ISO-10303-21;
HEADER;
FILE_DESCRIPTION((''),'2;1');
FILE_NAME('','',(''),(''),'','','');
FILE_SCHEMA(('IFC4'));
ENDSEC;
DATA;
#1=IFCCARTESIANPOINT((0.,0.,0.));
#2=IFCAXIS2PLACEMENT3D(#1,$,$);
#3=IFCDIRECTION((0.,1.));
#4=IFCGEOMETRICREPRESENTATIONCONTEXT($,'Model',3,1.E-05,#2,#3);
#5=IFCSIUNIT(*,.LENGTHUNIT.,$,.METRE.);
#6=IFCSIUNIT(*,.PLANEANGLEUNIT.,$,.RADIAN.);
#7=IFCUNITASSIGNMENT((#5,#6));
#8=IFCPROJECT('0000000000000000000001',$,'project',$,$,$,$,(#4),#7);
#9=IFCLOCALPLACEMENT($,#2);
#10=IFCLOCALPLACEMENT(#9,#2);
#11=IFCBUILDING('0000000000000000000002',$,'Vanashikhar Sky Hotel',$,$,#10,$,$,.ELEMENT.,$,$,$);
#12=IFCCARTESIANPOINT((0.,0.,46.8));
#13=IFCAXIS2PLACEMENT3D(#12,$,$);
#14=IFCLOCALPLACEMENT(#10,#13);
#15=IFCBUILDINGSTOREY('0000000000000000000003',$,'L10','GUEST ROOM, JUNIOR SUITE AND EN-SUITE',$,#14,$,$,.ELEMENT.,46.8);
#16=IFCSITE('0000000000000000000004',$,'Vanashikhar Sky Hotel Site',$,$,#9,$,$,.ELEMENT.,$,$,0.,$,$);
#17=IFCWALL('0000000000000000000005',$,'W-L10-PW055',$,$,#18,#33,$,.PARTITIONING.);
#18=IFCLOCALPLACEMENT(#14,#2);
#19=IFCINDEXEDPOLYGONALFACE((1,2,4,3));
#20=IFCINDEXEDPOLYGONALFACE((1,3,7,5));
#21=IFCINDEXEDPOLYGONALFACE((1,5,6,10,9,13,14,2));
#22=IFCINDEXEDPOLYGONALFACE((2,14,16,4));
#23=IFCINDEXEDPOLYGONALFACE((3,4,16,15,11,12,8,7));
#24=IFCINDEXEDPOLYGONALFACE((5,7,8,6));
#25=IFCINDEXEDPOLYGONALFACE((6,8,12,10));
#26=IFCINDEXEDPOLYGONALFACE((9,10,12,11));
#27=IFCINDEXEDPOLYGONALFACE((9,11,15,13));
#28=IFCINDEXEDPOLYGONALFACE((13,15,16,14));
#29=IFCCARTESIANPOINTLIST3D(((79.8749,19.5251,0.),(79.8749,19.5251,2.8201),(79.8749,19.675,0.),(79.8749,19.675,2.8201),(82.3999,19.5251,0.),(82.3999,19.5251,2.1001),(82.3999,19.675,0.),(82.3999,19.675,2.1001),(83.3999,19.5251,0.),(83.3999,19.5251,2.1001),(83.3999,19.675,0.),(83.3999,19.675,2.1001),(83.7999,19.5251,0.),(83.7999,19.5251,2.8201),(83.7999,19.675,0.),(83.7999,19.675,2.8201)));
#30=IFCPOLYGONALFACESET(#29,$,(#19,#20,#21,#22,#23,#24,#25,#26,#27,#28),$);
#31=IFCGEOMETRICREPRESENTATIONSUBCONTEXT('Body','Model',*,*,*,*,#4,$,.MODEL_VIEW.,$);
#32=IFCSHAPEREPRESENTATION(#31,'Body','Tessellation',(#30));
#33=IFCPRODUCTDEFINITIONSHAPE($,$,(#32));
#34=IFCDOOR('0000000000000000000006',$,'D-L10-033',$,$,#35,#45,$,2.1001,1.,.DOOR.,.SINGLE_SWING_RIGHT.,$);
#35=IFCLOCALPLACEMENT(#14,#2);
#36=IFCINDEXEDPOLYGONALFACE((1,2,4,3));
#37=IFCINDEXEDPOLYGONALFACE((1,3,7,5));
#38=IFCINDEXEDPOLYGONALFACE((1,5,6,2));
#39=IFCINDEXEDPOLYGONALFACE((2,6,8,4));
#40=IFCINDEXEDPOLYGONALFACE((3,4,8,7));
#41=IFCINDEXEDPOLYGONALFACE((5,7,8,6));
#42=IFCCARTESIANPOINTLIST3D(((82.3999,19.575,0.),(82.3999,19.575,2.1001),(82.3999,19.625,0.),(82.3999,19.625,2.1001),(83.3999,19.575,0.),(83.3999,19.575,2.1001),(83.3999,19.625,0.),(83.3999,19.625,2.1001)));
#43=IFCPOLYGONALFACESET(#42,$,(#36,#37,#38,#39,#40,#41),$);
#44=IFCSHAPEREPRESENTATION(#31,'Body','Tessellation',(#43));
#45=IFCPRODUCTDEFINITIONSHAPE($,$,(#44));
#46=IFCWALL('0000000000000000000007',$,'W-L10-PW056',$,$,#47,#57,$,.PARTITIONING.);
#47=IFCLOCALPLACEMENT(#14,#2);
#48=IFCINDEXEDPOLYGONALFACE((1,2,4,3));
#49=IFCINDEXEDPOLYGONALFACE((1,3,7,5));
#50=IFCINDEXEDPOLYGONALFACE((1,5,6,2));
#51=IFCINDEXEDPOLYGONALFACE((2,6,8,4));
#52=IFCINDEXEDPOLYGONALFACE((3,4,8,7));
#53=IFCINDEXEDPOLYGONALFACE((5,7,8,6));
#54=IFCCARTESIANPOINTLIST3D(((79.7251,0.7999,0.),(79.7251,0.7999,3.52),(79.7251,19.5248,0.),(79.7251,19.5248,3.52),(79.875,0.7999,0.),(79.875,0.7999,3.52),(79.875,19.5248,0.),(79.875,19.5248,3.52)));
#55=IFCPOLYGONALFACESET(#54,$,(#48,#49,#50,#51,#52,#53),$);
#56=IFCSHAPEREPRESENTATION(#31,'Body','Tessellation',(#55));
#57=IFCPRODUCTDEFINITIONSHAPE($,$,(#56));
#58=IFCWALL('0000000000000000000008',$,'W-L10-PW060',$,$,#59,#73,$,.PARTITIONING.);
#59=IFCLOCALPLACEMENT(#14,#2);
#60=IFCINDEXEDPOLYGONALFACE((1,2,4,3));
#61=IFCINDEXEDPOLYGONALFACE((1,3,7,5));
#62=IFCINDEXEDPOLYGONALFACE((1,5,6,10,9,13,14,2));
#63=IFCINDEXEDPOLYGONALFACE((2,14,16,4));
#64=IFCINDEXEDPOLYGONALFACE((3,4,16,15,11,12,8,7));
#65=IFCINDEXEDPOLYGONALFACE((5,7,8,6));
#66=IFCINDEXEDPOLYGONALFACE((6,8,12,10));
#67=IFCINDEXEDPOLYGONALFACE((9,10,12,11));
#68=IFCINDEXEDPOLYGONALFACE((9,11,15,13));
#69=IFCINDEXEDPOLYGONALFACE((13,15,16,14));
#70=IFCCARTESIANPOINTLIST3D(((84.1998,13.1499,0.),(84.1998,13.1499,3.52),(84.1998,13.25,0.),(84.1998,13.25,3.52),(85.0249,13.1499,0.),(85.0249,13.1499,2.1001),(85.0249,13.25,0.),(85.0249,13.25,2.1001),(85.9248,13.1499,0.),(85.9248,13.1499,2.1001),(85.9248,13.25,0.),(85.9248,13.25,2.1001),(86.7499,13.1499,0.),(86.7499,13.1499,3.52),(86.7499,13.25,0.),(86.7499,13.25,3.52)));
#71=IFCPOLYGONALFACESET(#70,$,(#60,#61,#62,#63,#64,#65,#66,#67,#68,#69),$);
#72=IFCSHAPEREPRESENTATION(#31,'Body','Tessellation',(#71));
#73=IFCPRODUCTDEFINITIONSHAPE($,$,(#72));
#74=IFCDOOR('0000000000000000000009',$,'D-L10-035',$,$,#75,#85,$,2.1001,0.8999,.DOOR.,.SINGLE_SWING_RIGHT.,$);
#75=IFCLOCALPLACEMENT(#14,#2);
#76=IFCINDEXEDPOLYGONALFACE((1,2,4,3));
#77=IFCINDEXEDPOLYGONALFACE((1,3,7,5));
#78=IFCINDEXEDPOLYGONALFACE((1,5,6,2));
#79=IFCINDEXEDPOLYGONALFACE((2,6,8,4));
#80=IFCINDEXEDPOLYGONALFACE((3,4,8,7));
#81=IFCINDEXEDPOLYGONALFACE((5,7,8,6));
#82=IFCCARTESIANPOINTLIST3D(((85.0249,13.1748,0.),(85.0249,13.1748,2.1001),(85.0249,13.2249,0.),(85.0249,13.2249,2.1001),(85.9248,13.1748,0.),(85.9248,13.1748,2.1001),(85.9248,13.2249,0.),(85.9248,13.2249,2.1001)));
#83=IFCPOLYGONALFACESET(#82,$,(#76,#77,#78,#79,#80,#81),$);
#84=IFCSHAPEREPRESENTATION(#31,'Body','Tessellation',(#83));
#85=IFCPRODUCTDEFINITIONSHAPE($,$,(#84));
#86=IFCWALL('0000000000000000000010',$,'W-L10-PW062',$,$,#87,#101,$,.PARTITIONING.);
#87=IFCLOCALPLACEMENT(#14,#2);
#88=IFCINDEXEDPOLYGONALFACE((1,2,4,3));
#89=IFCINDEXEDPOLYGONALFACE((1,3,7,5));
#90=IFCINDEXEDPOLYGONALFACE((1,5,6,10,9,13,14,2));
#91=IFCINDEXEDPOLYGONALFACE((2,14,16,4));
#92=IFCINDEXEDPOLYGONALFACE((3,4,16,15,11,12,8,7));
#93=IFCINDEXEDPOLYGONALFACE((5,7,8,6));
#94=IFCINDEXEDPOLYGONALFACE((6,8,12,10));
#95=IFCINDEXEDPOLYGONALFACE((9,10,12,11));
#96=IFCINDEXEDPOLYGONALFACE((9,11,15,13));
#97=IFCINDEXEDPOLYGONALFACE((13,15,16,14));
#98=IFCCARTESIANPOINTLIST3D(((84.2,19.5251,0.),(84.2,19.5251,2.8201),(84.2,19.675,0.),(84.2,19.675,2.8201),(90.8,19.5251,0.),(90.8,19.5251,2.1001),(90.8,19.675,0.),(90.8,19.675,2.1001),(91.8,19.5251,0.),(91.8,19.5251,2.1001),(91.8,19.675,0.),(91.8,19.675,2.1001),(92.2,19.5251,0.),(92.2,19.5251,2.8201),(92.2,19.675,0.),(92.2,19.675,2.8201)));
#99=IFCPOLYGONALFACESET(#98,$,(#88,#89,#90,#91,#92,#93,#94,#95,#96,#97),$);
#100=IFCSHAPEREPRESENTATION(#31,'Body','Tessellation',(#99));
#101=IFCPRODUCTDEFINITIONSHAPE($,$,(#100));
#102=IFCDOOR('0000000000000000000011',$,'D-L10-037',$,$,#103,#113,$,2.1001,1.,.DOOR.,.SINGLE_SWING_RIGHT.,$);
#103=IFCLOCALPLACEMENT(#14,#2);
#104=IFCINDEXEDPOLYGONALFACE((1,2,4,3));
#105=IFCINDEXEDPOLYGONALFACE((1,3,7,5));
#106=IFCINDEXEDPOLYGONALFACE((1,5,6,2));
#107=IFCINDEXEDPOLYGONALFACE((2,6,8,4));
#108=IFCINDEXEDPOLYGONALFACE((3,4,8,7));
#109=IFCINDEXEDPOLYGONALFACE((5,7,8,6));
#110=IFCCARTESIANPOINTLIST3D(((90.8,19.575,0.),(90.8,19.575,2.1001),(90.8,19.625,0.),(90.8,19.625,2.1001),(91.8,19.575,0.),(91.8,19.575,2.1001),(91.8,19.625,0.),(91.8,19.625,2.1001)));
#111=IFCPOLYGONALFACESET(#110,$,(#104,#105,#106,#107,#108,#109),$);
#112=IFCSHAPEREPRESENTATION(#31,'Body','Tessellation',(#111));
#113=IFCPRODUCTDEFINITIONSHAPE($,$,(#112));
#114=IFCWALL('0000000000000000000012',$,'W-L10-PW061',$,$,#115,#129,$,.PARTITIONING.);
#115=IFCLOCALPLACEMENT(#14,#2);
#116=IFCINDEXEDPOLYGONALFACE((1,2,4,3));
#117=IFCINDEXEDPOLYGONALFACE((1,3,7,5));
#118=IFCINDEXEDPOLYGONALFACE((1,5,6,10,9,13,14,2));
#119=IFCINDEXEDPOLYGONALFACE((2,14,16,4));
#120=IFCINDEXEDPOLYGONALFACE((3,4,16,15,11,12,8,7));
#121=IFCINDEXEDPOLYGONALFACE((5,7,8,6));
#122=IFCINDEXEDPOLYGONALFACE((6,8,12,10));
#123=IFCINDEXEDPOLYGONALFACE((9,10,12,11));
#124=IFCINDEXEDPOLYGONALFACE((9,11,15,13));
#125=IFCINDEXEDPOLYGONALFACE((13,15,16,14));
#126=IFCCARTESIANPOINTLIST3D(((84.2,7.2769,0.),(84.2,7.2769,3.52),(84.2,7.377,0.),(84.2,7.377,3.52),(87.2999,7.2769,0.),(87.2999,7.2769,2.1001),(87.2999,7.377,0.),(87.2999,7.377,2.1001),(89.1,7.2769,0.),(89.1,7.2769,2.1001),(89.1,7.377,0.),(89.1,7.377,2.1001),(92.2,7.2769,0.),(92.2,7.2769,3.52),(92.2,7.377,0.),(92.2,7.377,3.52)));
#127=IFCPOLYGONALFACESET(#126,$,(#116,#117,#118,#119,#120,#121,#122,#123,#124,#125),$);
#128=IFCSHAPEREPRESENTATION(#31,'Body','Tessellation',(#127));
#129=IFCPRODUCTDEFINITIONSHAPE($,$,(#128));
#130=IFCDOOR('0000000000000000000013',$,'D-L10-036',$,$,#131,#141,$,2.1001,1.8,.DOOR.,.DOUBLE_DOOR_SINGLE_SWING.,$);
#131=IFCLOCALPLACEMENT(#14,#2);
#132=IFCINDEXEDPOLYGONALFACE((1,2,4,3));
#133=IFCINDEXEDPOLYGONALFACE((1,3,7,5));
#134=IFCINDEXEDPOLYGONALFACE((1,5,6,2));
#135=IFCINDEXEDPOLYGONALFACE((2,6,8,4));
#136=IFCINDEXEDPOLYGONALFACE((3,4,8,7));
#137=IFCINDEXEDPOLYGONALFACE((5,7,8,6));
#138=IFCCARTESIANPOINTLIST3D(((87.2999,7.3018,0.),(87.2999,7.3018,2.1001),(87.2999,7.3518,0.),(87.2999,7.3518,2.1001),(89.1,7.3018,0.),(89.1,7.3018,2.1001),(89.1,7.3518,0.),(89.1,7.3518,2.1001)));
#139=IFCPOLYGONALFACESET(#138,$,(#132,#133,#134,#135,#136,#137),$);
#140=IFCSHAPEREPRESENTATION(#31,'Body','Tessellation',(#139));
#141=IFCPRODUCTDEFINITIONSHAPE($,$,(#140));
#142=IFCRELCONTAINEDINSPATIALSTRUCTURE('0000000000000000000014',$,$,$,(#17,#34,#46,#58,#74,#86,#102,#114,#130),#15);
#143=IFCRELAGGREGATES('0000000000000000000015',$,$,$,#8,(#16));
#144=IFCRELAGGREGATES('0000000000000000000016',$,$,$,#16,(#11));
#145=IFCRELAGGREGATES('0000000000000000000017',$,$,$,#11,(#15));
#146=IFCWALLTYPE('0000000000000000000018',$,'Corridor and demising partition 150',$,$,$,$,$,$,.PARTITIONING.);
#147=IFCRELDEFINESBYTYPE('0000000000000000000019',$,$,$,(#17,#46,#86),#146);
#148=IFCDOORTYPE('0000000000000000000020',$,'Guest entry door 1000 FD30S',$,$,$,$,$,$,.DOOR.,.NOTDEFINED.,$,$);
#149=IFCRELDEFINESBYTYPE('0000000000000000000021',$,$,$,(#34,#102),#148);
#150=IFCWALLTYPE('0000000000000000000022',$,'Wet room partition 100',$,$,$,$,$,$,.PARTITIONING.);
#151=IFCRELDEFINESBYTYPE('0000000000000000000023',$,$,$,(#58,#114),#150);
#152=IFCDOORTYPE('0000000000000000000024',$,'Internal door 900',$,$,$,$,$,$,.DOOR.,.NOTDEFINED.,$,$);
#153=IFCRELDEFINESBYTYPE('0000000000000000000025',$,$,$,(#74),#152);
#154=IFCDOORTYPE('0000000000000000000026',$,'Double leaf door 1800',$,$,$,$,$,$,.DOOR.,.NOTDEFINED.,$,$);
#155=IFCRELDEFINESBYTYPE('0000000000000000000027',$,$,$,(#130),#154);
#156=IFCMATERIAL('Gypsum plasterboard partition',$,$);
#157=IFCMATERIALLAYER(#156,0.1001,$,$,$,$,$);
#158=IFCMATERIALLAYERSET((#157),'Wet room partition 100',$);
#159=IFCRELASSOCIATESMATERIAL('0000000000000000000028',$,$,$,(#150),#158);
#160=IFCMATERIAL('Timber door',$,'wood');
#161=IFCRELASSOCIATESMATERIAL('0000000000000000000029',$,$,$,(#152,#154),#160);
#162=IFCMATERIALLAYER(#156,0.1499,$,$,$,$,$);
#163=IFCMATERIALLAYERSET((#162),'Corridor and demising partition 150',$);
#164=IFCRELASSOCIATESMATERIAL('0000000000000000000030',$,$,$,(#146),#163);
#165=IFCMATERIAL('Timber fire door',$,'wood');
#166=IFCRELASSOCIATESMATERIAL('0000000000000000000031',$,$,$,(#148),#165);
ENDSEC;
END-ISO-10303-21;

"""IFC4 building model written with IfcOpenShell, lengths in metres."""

from ifc_helpers import new_model, si_unit, direction, frame, frame_2d, origin, place, context, subcontext, project, spatial, rectangle, extrude, source, transform, mapped, material, layer, layer_set, type_object, element, fill, save


model = new_model("IFC4")

# Units and contexts
model_context = context("Model", 3, precision=1e-05, world=origin(), true_north=direction((0.0, 1.0)))
body_context = subcontext(model_context, "Body", "Model", "MODEL_VIEW")
ifc_project = project(units=[si_unit("LENGTHUNIT", "METRE"), si_unit("PLANEANGLEUNIT", "RADIAN")], contexts=[model_context])

# Site, building, storey
site_placement = place(None, origin())
site = spatial("IfcSite", under=ifc_project, at=site_placement, Name="Vanashikhar Sky Hotel Site", CompositionType="ELEMENT", RefElevation=0.0)
building_placement = place(site_placement, origin())
building = spatial("IfcBuilding", under=site, at=building_placement, Name="Vanashikhar Sky Hotel", CompositionType="ELEMENT")
storey_placement = place(building_placement, frame((0.0, 0.0, 46.8)))
storey = spatial("IfcBuildingStorey", under=building, at=storey_placement, Name="L10", Description="GUEST ROOM, JUNIOR SUITE AND EN-SUITE", CompositionType="ELEMENT", Elevation=46.8)

# Shared definitions
ifc_material_1 = material(Name="Gypsum plasterboard partition")
ifc_layer_1 = layer(ifc_material_1, 0.1001)
ifc_layer_set_1 = layer_set([ifc_layer_1], Name="Wet room partition 100")
wall_type_1 = type_object("IfcWallType", Name="Wet room partition 100", PredefinedType="PARTITIONING", material=ifc_layer_set_1)

# Wall, opening, door
shared_shape_1 = source(origin(), body_context, "Body", "SweptSolid", [
    extrude(rectangle(XDim=0.8999, YDim=2.1001, at=frame_2d((0.45, 1.05))), frame((0.0, 0.0601, 0.0), z_axis=(0.0, -1.0, 0.0), x_axis=(1.0, 0.0, 0.0)), (0.0, 0.0, 1.0), 0.1201),
])
ifc_material_2 = material(Name="Timber door", Category="wood")
door_type_1 = type_object("IfcDoorType", Name="Internal door 900", OperationType="NOTDEFINED", PredefinedType="DOOR", material=ifc_material_2)
shared_shape_2 = source(origin(), body_context, "Body", "SweptSolid", [
    extrude(rectangle(XDim=0.8999, YDim=2.1001, at=frame_2d((0.45, 1.05))), frame((0.0, 0.0249, 0.0), z_axis=(0.0, -1.0, 0.0), x_axis=(1.0, 0.0, 0.0)), (0.0, 0.0, 1.0), 0.05),
])
ifc_layer_2 = layer(ifc_material_1, 0.1499)
ifc_layer_set_2 = layer_set([ifc_layer_2], Name="Corridor and demising partition 150")
wall_type_2 = type_object("IfcWallType", Name="Corridor and demising partition 150", PredefinedType="PARTITIONING", material=ifc_layer_set_2)
shared_shape_3 = source(origin(), body_context, "Body", "SweptSolid", [
    extrude(rectangle(XDim=3.925, YDim=0.1499, at=frame_2d((1.9624, 0.0))), origin(), (0.0, 0.0, 1.0), 2.8201),
])
shared_shape_4 = source(origin(), body_context, "Body", "SweptSolid", [
    extrude(rectangle(XDim=1.0, YDim=2.1001, at=frame_2d((0.5, 1.05))), frame((0.0, 0.085, 0.0), z_axis=(0.0, -1.0, 0.0), x_axis=(1.0, 0.0, 0.0)), (0.0, 0.0, 1.0), 0.1699),
])
ifc_material_3 = material(Name="Timber fire door", Category="wood")
door_type_2 = type_object("IfcDoorType", Name="Guest entry door 1000 FD30S", OperationType="NOTDEFINED", PredefinedType="DOOR", material=ifc_material_3)
shared_shape_5 = source(origin(), body_context, "Body", "SweptSolid", [
    extrude(rectangle(XDim=1.0, YDim=2.1001, at=frame_2d((0.5, 1.05))), frame((0.0, 0.0249, 0.0), z_axis=(0.0, -1.0, 0.0), x_axis=(1.0, 0.0, 0.0)), (0.0, 0.0, 1.0), 0.05),
])
wall_1_placement = place(storey_placement, frame((79.875, 19.6001, 0.0), z_axis=(0.0, 0.0, 1.0), x_axis=(1.0, 0.0, 0.0)))
wall_1 = element("IfcWall", 1, at=wall_1_placement, inside=storey, type_object=wall_type_2, Name="W-L10-PW055", PredefinedType="PARTITIONING", context=body_context, shape_type="MappedRepresentation", body=[
    mapped(shared_shape_3, transform((0.0, 0.0, 0.0), scale=1.0)),
])
opening_1_placement = place(wall_1_placement, frame((2.5249, 0.0, 0.0)))
opening_1 = element("IfcOpeningElement", 2, at=opening_1_placement, cuts=wall_1, PredefinedType="OPENING", context=body_context, shape_type="MappedRepresentation", body=[
    mapped(shared_shape_4, transform((0.0, 0.0, 0.0), scale=1.0)),
])
door_1_placement = place(opening_1_placement, origin())
door_1 = element("IfcDoor", 3, at=door_1_placement, inside=storey, type_object=door_type_2, Name="D-L10-033", OperationType="SINGLE_SWING_RIGHT", OverallHeight=2.1001, OverallWidth=1.0, PredefinedType="DOOR", context=body_context, shape_type="MappedRepresentation", body=[
    mapped(shared_shape_5, transform((0.0, 0.0, 0.0), scale=1.0)),
])
fill(opening_1, door_1)

# Wall
shared_shape_6 = source(origin(), body_context, "Body", "SweptSolid", [
    extrude(rectangle(XDim=18.7249, YDim=0.1499, at=frame_2d((9.3623, 0.0))), origin(), (0.0, 0.0, 1.0), 3.52),
])
wall_2_placement = place(storey_placement, frame((79.8, 0.8, 0.0), z_axis=(0.0, 0.0, 1.0), x_axis=(0.0, 1.0, 0.0)))
element("IfcWall", 4, at=wall_2_placement, inside=storey, type_object=wall_type_2, Name="W-L10-PW056", PredefinedType="PARTITIONING", context=body_context, shape_type="MappedRepresentation", body=[
    mapped(shared_shape_6, transform((0.0, 0.0, 0.0), scale=1.0)),
])

# Walls, openings, doors
shared_shape_7 = source(origin(), body_context, "Body", "SweptSolid", [
    extrude(rectangle(XDim=2.55, YDim=0.1001, at=frame_2d((1.2749, 0.0))), origin(), (0.0, 0.0, 1.0), 3.52),
])
wall_3_placement = place(storey_placement, frame((84.2, 13.2, 0.0), z_axis=(0.0, 0.0, 1.0), x_axis=(1.0, 0.0, 0.0)))
wall_3 = element("IfcWall", 5, at=wall_3_placement, inside=storey, type_object=wall_type_1, Name="W-L10-PW060", PredefinedType="PARTITIONING", context=body_context, shape_type="MappedRepresentation", body=[
    mapped(shared_shape_7, transform((0.0, 0.0, 0.0), scale=1.0)),
])
opening_2_placement = place(wall_3_placement, frame((0.825, 0.0, 0.0)))
opening_2 = element("IfcOpeningElement", 6, at=opening_2_placement, cuts=wall_3, PredefinedType="OPENING", context=body_context, shape_type="MappedRepresentation", body=[
    mapped(shared_shape_1, transform((0.0, 0.0, 0.0), scale=1.0)),
])
door_2_placement = place(opening_2_placement, origin())
door_2 = element("IfcDoor", 7, at=door_2_placement, inside=storey, type_object=door_type_1, Name="D-L10-035", OperationType="SINGLE_SWING_RIGHT", OverallHeight=2.1001, OverallWidth=0.8999, PredefinedType="DOOR", context=body_context, shape_type="MappedRepresentation", body=[
    mapped(shared_shape_2, transform((0.0, 0.0, 0.0), scale=1.0)),
])
fill(opening_2, door_2)
shared_shape_8 = source(origin(), body_context, "Body", "SweptSolid", [
    extrude(rectangle(XDim=8.0, YDim=0.1499, at=frame_2d((4.0, 0.0))), origin(), (0.0, 0.0, 1.0), 2.8201),
])
wall_4_placement = place(storey_placement, frame((84.2, 19.6001, 0.0), z_axis=(0.0, 0.0, 1.0), x_axis=(1.0, 0.0, 0.0)))
wall_4 = element("IfcWall", 8, at=wall_4_placement, inside=storey, type_object=wall_type_2, Name="W-L10-PW062", PredefinedType="PARTITIONING", context=body_context, shape_type="MappedRepresentation", body=[
    mapped(shared_shape_8, transform((0.0, 0.0, 0.0), scale=1.0)),
])
opening_3_placement = place(wall_4_placement, frame((6.6001, 0.0, 0.0)))
opening_3 = element("IfcOpeningElement", 9, at=opening_3_placement, cuts=wall_4, PredefinedType="OPENING", context=body_context, shape_type="MappedRepresentation", body=[
    mapped(shared_shape_4, transform((0.0, 0.0, 0.0), scale=1.0)),
])
door_3_placement = place(opening_3_placement, origin())
door_3 = element("IfcDoor", 10, at=door_3_placement, inside=storey, type_object=door_type_2, Name="D-L10-037", OperationType="SINGLE_SWING_RIGHT", OverallHeight=2.1001, OverallWidth=1.0, PredefinedType="DOOR", context=body_context, shape_type="MappedRepresentation", body=[
    mapped(shared_shape_5, transform((0.0, 0.0, 0.0), scale=1.0)),
])
fill(opening_3, door_3)
shared_shape_9 = source(origin(), body_context, "Body", "SweptSolid", [
    extrude(rectangle(XDim=8.0, YDim=0.1001, at=frame_2d((4.0, 0.0))), origin(), (0.0, 0.0, 1.0), 3.52),
])
wall_5_placement = place(storey_placement, frame((84.2, 7.3269, 0.0), z_axis=(0.0, 0.0, 1.0), x_axis=(1.0, 0.0, 0.0)))
wall_5 = element("IfcWall", 11, at=wall_5_placement, inside=storey, type_object=wall_type_1, Name="W-L10-PW061", PredefinedType="PARTITIONING", context=body_context, shape_type="MappedRepresentation", body=[
    mapped(shared_shape_9, transform((0.0, 0.0, 0.0), scale=1.0)),
])
shared_shape_10 = source(origin(), body_context, "Body", "SweptSolid", [
    extrude(rectangle(XDim=1.8, YDim=2.1001, at=frame_2d((0.8999, 1.05))), frame((0.0, 0.0601, 0.0), z_axis=(0.0, -1.0, 0.0), x_axis=(1.0, 0.0, 0.0)), (0.0, 0.0, 1.0), 0.1201),
])
opening_4_placement = place(wall_5_placement, frame((3.1001, 0.0, 0.0)))
opening_4 = element("IfcOpeningElement", 12, at=opening_4_placement, cuts=wall_5, PredefinedType="OPENING", context=body_context, shape_type="MappedRepresentation", body=[
    mapped(shared_shape_10, transform((0.0, 0.0, 0.0), scale=1.0)),
])
door_type_3 = type_object("IfcDoorType", Name="Double leaf door 1800", OperationType="NOTDEFINED", PredefinedType="DOOR", material=ifc_material_2)
shared_shape_11 = source(origin(), body_context, "Body", "SweptSolid", [
    extrude(rectangle(XDim=1.8, YDim=2.1001, at=frame_2d((0.8999, 1.05))), frame((0.0, 0.0249, 0.0), z_axis=(0.0, -1.0, 0.0), x_axis=(1.0, 0.0, 0.0)), (0.0, 0.0, 1.0), 0.05),
])
door_4_placement = place(opening_4_placement, origin())
door_4 = element("IfcDoor", 13, at=door_4_placement, inside=storey, type_object=door_type_3, Name="D-L10-036", OperationType="DOUBLE_DOOR_SINGLE_SWING", OverallHeight=2.1001, OverallWidth=1.8, PredefinedType="DOOR", context=body_context, shape_type="MappedRepresentation", body=[
    mapped(shared_shape_11, transform((0.0, 0.0, 0.0), scale=1.0)),
])
fill(opening_4, door_4)

save(model, "model.ifc")
